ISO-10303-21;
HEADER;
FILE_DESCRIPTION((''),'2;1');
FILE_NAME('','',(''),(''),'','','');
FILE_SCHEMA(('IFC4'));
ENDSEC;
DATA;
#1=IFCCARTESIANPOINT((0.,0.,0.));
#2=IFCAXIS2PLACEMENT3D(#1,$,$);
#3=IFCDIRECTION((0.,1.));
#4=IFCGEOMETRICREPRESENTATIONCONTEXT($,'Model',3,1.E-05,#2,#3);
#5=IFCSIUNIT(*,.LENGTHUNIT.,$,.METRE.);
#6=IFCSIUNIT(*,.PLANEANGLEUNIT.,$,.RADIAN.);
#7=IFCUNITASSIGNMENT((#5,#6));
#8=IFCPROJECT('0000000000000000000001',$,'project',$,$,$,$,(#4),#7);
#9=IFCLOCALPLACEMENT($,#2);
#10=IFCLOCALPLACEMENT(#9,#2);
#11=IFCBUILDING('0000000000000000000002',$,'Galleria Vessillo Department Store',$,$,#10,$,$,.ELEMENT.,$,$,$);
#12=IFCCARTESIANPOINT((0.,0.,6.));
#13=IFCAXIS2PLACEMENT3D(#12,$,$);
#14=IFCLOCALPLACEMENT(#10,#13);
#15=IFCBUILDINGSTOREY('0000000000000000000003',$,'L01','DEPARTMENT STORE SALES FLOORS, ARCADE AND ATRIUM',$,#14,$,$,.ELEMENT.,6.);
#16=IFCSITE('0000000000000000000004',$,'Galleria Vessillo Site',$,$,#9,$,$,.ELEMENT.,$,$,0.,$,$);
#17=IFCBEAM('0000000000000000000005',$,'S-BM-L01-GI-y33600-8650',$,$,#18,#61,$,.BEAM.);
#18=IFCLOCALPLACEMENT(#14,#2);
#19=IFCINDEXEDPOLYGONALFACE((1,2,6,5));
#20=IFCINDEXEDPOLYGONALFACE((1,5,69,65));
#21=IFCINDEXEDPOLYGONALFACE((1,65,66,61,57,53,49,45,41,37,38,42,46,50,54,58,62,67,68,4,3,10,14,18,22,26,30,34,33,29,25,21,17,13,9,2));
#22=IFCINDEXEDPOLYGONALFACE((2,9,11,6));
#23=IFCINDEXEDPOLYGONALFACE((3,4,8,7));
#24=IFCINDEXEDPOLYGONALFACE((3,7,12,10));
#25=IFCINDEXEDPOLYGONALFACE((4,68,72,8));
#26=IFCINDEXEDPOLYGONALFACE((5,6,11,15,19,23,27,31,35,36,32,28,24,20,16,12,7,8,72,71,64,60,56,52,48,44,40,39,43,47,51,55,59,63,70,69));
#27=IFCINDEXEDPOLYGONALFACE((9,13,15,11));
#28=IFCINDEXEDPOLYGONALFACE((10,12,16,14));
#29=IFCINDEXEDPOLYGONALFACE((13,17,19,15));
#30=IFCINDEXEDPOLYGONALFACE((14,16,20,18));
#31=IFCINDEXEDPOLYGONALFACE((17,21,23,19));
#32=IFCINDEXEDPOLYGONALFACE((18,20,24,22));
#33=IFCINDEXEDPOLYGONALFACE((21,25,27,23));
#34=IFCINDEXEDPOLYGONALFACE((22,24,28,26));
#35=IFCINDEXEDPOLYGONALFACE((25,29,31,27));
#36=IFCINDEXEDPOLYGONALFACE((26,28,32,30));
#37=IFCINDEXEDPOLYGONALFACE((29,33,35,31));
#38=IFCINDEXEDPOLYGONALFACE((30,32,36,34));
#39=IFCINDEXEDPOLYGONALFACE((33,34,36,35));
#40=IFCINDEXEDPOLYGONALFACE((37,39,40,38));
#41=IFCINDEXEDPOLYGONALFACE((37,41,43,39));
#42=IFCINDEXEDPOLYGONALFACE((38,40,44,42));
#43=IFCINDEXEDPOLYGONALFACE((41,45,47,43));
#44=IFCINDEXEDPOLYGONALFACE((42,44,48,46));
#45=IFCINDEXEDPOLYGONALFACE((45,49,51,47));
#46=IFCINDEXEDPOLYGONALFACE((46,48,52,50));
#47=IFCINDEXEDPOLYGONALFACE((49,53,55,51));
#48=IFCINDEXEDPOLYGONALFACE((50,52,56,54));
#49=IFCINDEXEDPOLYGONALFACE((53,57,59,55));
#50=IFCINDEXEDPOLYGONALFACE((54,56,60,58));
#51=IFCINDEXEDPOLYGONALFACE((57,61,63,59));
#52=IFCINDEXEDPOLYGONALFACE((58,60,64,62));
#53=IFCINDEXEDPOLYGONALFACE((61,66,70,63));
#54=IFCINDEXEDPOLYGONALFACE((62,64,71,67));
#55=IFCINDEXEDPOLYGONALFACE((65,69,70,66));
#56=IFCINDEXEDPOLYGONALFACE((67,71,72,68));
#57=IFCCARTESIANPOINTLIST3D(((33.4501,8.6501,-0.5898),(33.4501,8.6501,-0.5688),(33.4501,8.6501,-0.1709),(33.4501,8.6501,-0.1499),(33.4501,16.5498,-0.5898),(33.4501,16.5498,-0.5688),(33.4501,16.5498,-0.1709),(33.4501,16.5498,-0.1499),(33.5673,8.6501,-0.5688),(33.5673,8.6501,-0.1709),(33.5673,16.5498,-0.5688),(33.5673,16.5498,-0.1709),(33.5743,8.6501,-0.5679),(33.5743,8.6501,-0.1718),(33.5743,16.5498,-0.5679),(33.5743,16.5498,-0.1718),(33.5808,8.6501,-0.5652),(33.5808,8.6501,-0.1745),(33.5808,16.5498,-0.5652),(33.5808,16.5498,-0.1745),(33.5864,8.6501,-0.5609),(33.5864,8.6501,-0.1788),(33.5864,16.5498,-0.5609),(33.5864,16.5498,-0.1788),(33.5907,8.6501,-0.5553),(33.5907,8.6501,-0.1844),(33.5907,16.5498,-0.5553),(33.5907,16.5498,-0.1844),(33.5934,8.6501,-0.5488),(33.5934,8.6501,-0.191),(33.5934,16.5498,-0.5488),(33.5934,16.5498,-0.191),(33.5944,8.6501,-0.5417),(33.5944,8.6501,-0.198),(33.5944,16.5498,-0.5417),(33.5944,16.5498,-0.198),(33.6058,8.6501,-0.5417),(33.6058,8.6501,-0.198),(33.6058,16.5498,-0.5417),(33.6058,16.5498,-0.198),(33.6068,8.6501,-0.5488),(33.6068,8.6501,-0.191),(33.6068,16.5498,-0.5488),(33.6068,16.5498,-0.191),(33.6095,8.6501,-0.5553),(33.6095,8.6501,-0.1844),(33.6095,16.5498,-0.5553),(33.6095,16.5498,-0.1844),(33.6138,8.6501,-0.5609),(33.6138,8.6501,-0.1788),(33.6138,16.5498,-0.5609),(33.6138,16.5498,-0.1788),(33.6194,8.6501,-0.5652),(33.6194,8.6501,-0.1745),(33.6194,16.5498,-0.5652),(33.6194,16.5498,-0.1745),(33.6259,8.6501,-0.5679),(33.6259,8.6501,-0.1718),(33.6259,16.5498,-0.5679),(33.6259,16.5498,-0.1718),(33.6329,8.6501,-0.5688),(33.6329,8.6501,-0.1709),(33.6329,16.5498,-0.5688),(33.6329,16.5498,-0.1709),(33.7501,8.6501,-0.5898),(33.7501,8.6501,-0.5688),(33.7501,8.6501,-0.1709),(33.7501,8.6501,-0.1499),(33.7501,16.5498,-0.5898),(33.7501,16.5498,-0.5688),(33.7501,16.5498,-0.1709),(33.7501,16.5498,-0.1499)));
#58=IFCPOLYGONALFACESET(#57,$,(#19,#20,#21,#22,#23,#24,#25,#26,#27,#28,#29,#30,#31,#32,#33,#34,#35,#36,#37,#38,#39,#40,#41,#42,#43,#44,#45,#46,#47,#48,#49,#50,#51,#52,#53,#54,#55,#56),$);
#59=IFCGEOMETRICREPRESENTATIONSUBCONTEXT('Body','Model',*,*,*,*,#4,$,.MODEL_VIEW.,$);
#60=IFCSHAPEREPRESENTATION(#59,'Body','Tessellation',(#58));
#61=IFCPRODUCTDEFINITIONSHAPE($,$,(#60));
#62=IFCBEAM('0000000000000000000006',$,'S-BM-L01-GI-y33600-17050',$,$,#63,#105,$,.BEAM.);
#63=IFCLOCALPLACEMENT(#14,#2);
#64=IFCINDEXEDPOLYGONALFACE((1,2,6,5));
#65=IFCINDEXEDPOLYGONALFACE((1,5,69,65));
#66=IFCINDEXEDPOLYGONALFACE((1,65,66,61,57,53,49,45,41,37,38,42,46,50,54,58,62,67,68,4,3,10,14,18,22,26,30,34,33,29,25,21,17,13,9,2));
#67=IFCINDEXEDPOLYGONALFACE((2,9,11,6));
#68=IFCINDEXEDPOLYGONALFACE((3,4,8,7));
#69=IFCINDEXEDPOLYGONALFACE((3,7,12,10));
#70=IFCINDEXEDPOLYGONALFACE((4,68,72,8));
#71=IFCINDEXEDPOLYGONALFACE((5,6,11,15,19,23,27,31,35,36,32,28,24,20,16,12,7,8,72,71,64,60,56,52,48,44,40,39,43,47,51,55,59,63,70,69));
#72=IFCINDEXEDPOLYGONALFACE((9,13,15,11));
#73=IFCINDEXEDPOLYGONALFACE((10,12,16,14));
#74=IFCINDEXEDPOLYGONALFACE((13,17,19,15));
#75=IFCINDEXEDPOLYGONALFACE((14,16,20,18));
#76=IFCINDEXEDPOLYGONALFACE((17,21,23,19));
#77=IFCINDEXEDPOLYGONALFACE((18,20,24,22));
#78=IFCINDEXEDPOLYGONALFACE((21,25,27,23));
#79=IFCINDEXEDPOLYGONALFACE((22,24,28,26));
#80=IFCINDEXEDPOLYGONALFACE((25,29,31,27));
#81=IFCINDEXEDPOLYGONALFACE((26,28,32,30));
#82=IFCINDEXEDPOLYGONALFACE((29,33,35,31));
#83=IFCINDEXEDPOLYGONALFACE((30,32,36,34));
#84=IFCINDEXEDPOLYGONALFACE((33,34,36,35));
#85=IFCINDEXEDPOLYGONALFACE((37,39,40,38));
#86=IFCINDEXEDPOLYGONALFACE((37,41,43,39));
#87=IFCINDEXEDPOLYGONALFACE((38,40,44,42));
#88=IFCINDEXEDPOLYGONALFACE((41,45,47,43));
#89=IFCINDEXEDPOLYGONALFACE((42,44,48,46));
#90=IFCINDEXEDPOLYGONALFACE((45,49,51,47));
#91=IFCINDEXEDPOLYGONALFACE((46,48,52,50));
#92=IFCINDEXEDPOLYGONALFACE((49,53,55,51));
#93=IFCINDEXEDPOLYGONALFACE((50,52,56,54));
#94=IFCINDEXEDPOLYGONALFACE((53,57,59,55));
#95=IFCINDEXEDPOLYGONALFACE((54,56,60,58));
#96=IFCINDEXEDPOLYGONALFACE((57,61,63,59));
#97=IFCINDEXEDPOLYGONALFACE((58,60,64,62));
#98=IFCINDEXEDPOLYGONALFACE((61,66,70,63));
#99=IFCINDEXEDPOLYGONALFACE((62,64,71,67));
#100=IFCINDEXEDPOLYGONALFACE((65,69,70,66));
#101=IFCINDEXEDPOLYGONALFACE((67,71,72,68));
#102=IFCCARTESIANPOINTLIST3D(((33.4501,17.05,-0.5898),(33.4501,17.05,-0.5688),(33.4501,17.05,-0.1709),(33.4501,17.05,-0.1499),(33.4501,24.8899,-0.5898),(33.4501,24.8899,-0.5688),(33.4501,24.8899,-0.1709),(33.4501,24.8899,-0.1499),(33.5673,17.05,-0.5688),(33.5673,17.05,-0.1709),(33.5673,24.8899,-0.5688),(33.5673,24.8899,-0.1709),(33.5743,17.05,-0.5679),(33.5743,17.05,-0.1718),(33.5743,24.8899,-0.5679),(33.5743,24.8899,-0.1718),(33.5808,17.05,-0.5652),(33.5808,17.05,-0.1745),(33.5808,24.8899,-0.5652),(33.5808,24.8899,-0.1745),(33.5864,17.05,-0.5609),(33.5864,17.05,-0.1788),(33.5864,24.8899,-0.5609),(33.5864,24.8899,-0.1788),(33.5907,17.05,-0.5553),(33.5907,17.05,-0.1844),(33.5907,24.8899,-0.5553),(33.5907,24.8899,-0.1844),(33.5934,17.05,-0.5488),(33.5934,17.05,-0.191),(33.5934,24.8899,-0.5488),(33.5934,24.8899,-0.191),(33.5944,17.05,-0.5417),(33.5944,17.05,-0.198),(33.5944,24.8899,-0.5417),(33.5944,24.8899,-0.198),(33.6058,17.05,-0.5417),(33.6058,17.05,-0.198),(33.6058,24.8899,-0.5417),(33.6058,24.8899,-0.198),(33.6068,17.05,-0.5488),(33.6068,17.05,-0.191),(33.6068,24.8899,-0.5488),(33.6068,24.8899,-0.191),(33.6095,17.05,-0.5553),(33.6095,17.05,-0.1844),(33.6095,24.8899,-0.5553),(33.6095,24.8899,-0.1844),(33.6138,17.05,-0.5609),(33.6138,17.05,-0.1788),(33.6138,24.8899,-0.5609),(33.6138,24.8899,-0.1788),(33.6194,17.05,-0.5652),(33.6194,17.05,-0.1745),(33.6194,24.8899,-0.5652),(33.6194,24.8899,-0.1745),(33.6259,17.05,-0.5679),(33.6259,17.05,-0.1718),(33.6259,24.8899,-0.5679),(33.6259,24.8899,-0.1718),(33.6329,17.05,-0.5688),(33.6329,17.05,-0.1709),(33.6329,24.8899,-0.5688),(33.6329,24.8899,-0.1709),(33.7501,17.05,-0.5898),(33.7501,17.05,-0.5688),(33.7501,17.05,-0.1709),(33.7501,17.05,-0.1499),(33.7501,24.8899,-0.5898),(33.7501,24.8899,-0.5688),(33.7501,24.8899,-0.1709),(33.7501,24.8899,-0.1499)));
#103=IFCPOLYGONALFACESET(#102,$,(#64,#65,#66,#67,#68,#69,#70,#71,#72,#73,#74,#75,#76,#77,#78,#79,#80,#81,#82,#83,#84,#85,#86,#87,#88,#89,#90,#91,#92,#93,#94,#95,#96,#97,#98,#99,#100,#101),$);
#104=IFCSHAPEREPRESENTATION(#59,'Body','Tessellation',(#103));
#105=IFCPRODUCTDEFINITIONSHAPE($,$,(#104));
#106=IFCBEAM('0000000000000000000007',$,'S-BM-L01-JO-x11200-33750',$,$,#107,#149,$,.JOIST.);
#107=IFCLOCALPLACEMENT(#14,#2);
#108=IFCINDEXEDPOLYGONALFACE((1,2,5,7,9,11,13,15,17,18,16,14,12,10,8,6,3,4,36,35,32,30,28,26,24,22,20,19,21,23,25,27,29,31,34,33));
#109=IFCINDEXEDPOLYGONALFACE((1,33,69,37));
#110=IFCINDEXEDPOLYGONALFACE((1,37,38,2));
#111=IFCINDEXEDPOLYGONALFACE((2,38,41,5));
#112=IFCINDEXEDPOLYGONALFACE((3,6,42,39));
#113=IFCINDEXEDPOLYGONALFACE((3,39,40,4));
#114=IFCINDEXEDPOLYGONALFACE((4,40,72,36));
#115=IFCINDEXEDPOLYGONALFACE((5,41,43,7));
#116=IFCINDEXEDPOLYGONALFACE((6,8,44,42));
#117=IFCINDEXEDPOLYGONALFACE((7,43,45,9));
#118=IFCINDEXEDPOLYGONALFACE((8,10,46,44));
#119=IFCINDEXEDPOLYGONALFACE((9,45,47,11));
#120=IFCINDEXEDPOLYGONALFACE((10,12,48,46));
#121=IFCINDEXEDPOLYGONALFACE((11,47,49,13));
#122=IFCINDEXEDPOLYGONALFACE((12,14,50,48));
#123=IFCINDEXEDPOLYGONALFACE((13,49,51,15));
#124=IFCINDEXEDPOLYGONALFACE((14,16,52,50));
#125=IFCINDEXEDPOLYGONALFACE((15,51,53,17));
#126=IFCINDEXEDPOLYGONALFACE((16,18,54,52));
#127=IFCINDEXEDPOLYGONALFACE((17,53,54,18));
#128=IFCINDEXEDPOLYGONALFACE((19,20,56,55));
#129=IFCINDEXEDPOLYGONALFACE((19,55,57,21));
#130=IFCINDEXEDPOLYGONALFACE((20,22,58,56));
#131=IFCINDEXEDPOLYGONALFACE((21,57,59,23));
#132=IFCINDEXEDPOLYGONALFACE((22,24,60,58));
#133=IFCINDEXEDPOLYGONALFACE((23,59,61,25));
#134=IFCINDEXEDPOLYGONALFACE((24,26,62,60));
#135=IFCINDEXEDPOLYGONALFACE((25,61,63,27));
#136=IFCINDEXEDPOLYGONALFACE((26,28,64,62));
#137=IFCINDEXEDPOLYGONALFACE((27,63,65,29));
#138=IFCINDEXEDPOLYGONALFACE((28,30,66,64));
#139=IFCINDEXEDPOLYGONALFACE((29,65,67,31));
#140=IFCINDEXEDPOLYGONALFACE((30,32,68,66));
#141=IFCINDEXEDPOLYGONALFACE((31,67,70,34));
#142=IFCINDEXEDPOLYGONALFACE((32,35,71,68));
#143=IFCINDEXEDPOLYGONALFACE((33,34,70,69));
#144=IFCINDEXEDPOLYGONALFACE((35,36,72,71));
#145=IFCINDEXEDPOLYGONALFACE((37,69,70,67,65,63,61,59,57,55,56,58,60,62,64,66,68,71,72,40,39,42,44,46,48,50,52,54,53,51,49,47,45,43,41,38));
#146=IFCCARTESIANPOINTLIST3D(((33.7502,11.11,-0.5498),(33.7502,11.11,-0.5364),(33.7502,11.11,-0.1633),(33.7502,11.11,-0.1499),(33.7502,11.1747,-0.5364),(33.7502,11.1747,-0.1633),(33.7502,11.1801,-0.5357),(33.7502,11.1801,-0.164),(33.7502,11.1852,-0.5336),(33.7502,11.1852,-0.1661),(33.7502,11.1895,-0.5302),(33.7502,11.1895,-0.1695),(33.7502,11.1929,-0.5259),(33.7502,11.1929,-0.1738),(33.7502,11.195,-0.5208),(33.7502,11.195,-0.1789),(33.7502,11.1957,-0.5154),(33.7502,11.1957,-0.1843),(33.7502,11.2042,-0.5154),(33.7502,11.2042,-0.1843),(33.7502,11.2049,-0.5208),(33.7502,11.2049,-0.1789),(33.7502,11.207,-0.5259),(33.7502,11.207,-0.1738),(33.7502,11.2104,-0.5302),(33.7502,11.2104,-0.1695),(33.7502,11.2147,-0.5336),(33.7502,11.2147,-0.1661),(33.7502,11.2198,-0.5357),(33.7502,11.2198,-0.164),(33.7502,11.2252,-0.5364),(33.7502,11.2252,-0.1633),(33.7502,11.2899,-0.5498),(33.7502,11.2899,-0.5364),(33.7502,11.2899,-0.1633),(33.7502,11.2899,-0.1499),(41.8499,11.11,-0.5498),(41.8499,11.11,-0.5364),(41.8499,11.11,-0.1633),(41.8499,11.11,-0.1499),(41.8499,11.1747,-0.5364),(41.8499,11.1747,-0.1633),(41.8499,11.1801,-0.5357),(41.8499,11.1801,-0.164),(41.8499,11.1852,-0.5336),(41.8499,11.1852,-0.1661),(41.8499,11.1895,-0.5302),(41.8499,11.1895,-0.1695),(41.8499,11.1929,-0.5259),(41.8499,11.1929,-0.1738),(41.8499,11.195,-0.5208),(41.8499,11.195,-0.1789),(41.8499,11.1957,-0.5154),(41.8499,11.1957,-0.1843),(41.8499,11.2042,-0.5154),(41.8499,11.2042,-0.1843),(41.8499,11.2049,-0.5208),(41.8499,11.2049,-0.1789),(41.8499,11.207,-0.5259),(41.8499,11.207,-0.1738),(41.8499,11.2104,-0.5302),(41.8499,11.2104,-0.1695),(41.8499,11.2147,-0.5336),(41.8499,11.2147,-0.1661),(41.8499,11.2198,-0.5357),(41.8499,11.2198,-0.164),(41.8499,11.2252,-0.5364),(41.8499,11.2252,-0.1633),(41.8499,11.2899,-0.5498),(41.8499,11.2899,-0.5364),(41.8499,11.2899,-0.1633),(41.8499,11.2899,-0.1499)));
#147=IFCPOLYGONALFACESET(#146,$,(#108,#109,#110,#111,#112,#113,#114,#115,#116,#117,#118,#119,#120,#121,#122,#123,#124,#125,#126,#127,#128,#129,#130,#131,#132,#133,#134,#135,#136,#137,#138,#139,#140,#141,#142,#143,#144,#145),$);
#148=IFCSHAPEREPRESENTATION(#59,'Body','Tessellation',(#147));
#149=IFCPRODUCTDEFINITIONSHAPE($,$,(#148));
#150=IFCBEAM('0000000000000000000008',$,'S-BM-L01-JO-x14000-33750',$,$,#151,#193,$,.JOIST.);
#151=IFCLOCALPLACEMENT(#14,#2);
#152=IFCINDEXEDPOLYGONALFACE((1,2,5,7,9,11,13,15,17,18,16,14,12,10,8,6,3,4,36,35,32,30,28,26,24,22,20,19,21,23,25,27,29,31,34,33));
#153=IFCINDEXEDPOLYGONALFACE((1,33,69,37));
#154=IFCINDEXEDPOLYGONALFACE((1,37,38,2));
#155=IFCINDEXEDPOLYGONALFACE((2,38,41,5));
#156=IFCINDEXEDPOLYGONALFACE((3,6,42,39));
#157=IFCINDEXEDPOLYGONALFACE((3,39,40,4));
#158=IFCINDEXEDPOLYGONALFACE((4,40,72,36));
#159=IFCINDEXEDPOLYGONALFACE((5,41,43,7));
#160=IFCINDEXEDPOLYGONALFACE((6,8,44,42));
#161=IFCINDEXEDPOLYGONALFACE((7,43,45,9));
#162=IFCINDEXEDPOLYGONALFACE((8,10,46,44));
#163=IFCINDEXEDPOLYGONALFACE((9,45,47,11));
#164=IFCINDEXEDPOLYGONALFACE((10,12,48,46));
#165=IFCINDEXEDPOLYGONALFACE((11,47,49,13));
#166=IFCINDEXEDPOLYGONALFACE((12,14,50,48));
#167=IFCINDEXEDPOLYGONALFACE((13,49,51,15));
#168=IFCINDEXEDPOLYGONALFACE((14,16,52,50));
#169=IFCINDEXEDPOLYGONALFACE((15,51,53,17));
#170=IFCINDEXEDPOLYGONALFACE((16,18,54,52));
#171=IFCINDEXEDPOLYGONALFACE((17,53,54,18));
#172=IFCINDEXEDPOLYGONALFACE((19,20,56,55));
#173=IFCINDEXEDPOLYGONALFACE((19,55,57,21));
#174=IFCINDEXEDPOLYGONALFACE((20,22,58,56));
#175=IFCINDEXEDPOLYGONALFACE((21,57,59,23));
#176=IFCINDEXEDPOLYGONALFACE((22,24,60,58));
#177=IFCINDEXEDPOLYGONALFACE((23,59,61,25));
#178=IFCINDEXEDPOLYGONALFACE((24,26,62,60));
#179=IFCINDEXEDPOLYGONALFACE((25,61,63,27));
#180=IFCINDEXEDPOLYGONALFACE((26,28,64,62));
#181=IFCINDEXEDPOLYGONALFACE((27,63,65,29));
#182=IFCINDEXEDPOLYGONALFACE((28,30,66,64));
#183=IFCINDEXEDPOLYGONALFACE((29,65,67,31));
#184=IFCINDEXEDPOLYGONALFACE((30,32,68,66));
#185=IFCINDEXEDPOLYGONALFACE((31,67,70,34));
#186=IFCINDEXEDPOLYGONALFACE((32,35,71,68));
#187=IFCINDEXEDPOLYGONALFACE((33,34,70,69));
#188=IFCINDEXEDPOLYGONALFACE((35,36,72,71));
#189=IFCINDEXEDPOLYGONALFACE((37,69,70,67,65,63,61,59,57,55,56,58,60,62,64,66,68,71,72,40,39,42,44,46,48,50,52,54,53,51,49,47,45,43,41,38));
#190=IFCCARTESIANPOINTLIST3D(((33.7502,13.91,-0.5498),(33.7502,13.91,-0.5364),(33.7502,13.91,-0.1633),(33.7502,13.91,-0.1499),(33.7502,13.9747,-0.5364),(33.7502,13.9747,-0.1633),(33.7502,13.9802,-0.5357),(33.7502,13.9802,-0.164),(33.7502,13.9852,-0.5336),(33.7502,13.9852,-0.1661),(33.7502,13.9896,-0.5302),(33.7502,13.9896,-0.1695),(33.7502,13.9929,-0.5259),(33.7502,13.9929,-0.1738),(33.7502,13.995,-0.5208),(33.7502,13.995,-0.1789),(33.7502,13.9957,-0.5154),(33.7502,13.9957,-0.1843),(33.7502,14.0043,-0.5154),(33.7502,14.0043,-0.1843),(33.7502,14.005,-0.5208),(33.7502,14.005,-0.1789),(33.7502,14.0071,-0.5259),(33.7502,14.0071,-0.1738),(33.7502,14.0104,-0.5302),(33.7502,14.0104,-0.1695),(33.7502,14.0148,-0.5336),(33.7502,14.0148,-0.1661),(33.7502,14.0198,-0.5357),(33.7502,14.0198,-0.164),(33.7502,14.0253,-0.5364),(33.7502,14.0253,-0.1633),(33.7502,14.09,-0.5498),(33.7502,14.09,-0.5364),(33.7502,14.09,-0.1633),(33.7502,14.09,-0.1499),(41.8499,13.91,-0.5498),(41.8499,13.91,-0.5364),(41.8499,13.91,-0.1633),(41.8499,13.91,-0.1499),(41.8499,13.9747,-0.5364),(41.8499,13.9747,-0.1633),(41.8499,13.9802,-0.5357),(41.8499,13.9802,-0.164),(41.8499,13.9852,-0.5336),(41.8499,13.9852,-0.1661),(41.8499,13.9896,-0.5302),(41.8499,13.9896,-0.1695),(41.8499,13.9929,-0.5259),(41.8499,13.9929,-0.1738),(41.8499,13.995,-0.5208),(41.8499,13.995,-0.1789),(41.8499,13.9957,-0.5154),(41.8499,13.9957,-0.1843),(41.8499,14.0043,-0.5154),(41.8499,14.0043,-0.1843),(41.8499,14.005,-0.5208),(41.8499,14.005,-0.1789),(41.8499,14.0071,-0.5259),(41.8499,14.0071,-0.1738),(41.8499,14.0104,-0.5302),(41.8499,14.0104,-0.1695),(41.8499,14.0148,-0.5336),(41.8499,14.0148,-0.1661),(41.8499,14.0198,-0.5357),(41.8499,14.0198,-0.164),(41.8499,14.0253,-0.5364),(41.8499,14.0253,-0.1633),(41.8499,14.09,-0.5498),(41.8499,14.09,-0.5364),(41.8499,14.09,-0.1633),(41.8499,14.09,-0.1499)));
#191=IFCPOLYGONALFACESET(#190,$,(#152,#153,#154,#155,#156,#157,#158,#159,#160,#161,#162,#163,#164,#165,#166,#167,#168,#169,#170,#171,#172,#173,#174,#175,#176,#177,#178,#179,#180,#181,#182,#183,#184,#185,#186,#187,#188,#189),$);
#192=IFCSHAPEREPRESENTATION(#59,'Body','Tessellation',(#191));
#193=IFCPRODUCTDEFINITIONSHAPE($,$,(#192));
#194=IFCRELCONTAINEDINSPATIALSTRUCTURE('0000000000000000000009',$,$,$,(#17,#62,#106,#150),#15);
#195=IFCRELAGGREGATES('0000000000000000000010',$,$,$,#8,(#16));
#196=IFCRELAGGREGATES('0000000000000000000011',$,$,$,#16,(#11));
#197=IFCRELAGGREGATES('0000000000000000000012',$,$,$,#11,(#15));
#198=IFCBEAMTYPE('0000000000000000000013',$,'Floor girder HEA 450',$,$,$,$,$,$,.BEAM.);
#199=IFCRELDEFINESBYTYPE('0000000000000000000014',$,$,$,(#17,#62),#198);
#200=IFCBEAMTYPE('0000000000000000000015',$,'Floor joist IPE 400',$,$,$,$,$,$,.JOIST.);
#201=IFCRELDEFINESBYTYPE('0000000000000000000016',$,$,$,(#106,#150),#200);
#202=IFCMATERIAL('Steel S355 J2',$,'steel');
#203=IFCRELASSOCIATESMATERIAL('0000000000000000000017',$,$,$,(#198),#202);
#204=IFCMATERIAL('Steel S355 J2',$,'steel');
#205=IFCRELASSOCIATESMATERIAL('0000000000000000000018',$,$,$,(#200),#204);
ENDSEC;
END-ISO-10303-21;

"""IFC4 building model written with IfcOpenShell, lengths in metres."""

from ifc_helpers import new_model, si_unit, direction, frame, origin, origin_2d, place, context, subcontext, project, spatial, i_section, extrude, material, material_profile, profile_set, type_object, element, save


model = new_model("IFC4")

# Units and contexts
model_context = context("Model", 3, precision=1e-05, world=origin(), true_north=direction((0.0, 1.0)))
body_context = subcontext(model_context, "Body", "Model", "MODEL_VIEW")
ifc_project = project(units=[si_unit("LENGTHUNIT", "METRE"), si_unit("PLANEANGLEUNIT", "RADIAN")], contexts=[model_context])

# Site, building, storey
site_placement = place(None, origin())
site = spatial("IfcSite", under=ifc_project, at=site_placement, Name="Galleria Vessillo Site", CompositionType="ELEMENT", RefElevation=0.0)
building_placement = place(site_placement, origin())
building = spatial("IfcBuilding", under=site, at=building_placement, Name="Galleria Vessillo Department Store", CompositionType="ELEMENT")
storey_placement = place(building_placement, frame((0.0, 0.0, 6.0)))
storey = spatial("IfcBuildingStorey", under=building, at=storey_placement, Name="L01", Description="DEPARTMENT STORE SALES FLOORS, ARCADE AND ATRIUM", CompositionType="ELEMENT", Elevation=6.0)

# Beams
ifc_material_1 = material(Name="Steel S355 J2", Category="steel")
ifc_material_profile_1 = material_profile(ifc_material_1, i_section(OverallWidth=0.3, OverallDepth=0.4399, WebThickness=0.0115, FlangeThickness=0.021, FilletRadius=0.0271, at=origin_2d()), Name="HEA 450")
ifc_profile_set_1 = profile_set([ifc_material_profile_1], Name="Steel S355 J2")
beam_type_1 = type_object("IfcBeamType", Name="Floor girder HEA 450", PredefinedType="BEAM", material=ifc_profile_set_1)
beam_1_placement = place(storey_placement, frame((33.6001, 8.6501, -0.3699), z_axis=(0.0, 1.0, 0.0), x_axis=(-1.0, 0.0, 0.0)))
element("IfcBeam", 1, at=beam_1_placement, inside=storey, type_object=beam_type_1, Name="S-BM-L01-GI-y33600-8650", PredefinedType="BEAM", context=body_context, shape_type="SweptSolid", body=[
    extrude(i_section(OverallWidth=0.3, OverallDepth=0.4399, WebThickness=0.0115, FlangeThickness=0.021, FilletRadius=0.0271, at=origin_2d()), origin(), (0.0, 0.0, 1.0), 7.8997),
])
beam_2_placement = place(storey_placement, frame((33.6001, 17.05, -0.3699), z_axis=(0.0, 1.0, 0.0), x_axis=(-1.0, 0.0, 0.0)))
element("IfcBeam", 2, at=beam_2_placement, inside=storey, type_object=beam_type_1, Name="S-BM-L01-GI-y33600-17050", PredefinedType="BEAM", context=body_context, shape_type="SweptSolid", body=[
    extrude(i_section(OverallWidth=0.3, OverallDepth=0.4399, WebThickness=0.0115, FlangeThickness=0.021, FilletRadius=0.0271, at=origin_2d()), origin(), (0.0, 0.0, 1.0), 7.8398),
])
ifc_material_2 = material(Name="Steel S355 J2", Category="steel")
ifc_material_profile_2 = material_profile(ifc_material_2, i_section(OverallWidth=0.1799, OverallDepth=0.3999, WebThickness=0.0085, FlangeThickness=0.0134, FilletRadius=0.021, at=origin_2d()), Name="IPE 400")
ifc_profile_set_2 = profile_set([ifc_material_profile_2], Name="Steel S355 J2")
beam_type_2 = type_object("IfcBeamType", Name="Floor joist IPE 400", PredefinedType="JOIST", material=ifc_profile_set_2)
for number, where, z_axis, x_axis, name in (
    (3, (33.7502, 11.2, -0.3499), (1.0, 0.0, 0.0), (0.0, 1.0, 0.0), "S-BM-L01-JO-x11200-33750"),
    (4, (33.7502, 14.0, -0.3499), (1.0, 0.0, 0.0), (0.0, 1.0, 0.0), "S-BM-L01-JO-x14000-33750"),
):
    element("IfcBeam", number, at=place(storey_placement, frame(where, z_axis=z_axis, x_axis=x_axis)), inside=storey, type_object=beam_type_2, Name=name, PredefinedType="JOIST", context=body_context, shape_type="SweptSolid", body=[
        extrude(i_section(OverallWidth=0.1799, OverallDepth=0.3999, WebThickness=0.0085, FlangeThickness=0.0134, FilletRadius=0.021, at=origin_2d()), origin(), (0.0, 0.0, 1.0), 8.0996),
    ])

save(model, "model.ifc")
